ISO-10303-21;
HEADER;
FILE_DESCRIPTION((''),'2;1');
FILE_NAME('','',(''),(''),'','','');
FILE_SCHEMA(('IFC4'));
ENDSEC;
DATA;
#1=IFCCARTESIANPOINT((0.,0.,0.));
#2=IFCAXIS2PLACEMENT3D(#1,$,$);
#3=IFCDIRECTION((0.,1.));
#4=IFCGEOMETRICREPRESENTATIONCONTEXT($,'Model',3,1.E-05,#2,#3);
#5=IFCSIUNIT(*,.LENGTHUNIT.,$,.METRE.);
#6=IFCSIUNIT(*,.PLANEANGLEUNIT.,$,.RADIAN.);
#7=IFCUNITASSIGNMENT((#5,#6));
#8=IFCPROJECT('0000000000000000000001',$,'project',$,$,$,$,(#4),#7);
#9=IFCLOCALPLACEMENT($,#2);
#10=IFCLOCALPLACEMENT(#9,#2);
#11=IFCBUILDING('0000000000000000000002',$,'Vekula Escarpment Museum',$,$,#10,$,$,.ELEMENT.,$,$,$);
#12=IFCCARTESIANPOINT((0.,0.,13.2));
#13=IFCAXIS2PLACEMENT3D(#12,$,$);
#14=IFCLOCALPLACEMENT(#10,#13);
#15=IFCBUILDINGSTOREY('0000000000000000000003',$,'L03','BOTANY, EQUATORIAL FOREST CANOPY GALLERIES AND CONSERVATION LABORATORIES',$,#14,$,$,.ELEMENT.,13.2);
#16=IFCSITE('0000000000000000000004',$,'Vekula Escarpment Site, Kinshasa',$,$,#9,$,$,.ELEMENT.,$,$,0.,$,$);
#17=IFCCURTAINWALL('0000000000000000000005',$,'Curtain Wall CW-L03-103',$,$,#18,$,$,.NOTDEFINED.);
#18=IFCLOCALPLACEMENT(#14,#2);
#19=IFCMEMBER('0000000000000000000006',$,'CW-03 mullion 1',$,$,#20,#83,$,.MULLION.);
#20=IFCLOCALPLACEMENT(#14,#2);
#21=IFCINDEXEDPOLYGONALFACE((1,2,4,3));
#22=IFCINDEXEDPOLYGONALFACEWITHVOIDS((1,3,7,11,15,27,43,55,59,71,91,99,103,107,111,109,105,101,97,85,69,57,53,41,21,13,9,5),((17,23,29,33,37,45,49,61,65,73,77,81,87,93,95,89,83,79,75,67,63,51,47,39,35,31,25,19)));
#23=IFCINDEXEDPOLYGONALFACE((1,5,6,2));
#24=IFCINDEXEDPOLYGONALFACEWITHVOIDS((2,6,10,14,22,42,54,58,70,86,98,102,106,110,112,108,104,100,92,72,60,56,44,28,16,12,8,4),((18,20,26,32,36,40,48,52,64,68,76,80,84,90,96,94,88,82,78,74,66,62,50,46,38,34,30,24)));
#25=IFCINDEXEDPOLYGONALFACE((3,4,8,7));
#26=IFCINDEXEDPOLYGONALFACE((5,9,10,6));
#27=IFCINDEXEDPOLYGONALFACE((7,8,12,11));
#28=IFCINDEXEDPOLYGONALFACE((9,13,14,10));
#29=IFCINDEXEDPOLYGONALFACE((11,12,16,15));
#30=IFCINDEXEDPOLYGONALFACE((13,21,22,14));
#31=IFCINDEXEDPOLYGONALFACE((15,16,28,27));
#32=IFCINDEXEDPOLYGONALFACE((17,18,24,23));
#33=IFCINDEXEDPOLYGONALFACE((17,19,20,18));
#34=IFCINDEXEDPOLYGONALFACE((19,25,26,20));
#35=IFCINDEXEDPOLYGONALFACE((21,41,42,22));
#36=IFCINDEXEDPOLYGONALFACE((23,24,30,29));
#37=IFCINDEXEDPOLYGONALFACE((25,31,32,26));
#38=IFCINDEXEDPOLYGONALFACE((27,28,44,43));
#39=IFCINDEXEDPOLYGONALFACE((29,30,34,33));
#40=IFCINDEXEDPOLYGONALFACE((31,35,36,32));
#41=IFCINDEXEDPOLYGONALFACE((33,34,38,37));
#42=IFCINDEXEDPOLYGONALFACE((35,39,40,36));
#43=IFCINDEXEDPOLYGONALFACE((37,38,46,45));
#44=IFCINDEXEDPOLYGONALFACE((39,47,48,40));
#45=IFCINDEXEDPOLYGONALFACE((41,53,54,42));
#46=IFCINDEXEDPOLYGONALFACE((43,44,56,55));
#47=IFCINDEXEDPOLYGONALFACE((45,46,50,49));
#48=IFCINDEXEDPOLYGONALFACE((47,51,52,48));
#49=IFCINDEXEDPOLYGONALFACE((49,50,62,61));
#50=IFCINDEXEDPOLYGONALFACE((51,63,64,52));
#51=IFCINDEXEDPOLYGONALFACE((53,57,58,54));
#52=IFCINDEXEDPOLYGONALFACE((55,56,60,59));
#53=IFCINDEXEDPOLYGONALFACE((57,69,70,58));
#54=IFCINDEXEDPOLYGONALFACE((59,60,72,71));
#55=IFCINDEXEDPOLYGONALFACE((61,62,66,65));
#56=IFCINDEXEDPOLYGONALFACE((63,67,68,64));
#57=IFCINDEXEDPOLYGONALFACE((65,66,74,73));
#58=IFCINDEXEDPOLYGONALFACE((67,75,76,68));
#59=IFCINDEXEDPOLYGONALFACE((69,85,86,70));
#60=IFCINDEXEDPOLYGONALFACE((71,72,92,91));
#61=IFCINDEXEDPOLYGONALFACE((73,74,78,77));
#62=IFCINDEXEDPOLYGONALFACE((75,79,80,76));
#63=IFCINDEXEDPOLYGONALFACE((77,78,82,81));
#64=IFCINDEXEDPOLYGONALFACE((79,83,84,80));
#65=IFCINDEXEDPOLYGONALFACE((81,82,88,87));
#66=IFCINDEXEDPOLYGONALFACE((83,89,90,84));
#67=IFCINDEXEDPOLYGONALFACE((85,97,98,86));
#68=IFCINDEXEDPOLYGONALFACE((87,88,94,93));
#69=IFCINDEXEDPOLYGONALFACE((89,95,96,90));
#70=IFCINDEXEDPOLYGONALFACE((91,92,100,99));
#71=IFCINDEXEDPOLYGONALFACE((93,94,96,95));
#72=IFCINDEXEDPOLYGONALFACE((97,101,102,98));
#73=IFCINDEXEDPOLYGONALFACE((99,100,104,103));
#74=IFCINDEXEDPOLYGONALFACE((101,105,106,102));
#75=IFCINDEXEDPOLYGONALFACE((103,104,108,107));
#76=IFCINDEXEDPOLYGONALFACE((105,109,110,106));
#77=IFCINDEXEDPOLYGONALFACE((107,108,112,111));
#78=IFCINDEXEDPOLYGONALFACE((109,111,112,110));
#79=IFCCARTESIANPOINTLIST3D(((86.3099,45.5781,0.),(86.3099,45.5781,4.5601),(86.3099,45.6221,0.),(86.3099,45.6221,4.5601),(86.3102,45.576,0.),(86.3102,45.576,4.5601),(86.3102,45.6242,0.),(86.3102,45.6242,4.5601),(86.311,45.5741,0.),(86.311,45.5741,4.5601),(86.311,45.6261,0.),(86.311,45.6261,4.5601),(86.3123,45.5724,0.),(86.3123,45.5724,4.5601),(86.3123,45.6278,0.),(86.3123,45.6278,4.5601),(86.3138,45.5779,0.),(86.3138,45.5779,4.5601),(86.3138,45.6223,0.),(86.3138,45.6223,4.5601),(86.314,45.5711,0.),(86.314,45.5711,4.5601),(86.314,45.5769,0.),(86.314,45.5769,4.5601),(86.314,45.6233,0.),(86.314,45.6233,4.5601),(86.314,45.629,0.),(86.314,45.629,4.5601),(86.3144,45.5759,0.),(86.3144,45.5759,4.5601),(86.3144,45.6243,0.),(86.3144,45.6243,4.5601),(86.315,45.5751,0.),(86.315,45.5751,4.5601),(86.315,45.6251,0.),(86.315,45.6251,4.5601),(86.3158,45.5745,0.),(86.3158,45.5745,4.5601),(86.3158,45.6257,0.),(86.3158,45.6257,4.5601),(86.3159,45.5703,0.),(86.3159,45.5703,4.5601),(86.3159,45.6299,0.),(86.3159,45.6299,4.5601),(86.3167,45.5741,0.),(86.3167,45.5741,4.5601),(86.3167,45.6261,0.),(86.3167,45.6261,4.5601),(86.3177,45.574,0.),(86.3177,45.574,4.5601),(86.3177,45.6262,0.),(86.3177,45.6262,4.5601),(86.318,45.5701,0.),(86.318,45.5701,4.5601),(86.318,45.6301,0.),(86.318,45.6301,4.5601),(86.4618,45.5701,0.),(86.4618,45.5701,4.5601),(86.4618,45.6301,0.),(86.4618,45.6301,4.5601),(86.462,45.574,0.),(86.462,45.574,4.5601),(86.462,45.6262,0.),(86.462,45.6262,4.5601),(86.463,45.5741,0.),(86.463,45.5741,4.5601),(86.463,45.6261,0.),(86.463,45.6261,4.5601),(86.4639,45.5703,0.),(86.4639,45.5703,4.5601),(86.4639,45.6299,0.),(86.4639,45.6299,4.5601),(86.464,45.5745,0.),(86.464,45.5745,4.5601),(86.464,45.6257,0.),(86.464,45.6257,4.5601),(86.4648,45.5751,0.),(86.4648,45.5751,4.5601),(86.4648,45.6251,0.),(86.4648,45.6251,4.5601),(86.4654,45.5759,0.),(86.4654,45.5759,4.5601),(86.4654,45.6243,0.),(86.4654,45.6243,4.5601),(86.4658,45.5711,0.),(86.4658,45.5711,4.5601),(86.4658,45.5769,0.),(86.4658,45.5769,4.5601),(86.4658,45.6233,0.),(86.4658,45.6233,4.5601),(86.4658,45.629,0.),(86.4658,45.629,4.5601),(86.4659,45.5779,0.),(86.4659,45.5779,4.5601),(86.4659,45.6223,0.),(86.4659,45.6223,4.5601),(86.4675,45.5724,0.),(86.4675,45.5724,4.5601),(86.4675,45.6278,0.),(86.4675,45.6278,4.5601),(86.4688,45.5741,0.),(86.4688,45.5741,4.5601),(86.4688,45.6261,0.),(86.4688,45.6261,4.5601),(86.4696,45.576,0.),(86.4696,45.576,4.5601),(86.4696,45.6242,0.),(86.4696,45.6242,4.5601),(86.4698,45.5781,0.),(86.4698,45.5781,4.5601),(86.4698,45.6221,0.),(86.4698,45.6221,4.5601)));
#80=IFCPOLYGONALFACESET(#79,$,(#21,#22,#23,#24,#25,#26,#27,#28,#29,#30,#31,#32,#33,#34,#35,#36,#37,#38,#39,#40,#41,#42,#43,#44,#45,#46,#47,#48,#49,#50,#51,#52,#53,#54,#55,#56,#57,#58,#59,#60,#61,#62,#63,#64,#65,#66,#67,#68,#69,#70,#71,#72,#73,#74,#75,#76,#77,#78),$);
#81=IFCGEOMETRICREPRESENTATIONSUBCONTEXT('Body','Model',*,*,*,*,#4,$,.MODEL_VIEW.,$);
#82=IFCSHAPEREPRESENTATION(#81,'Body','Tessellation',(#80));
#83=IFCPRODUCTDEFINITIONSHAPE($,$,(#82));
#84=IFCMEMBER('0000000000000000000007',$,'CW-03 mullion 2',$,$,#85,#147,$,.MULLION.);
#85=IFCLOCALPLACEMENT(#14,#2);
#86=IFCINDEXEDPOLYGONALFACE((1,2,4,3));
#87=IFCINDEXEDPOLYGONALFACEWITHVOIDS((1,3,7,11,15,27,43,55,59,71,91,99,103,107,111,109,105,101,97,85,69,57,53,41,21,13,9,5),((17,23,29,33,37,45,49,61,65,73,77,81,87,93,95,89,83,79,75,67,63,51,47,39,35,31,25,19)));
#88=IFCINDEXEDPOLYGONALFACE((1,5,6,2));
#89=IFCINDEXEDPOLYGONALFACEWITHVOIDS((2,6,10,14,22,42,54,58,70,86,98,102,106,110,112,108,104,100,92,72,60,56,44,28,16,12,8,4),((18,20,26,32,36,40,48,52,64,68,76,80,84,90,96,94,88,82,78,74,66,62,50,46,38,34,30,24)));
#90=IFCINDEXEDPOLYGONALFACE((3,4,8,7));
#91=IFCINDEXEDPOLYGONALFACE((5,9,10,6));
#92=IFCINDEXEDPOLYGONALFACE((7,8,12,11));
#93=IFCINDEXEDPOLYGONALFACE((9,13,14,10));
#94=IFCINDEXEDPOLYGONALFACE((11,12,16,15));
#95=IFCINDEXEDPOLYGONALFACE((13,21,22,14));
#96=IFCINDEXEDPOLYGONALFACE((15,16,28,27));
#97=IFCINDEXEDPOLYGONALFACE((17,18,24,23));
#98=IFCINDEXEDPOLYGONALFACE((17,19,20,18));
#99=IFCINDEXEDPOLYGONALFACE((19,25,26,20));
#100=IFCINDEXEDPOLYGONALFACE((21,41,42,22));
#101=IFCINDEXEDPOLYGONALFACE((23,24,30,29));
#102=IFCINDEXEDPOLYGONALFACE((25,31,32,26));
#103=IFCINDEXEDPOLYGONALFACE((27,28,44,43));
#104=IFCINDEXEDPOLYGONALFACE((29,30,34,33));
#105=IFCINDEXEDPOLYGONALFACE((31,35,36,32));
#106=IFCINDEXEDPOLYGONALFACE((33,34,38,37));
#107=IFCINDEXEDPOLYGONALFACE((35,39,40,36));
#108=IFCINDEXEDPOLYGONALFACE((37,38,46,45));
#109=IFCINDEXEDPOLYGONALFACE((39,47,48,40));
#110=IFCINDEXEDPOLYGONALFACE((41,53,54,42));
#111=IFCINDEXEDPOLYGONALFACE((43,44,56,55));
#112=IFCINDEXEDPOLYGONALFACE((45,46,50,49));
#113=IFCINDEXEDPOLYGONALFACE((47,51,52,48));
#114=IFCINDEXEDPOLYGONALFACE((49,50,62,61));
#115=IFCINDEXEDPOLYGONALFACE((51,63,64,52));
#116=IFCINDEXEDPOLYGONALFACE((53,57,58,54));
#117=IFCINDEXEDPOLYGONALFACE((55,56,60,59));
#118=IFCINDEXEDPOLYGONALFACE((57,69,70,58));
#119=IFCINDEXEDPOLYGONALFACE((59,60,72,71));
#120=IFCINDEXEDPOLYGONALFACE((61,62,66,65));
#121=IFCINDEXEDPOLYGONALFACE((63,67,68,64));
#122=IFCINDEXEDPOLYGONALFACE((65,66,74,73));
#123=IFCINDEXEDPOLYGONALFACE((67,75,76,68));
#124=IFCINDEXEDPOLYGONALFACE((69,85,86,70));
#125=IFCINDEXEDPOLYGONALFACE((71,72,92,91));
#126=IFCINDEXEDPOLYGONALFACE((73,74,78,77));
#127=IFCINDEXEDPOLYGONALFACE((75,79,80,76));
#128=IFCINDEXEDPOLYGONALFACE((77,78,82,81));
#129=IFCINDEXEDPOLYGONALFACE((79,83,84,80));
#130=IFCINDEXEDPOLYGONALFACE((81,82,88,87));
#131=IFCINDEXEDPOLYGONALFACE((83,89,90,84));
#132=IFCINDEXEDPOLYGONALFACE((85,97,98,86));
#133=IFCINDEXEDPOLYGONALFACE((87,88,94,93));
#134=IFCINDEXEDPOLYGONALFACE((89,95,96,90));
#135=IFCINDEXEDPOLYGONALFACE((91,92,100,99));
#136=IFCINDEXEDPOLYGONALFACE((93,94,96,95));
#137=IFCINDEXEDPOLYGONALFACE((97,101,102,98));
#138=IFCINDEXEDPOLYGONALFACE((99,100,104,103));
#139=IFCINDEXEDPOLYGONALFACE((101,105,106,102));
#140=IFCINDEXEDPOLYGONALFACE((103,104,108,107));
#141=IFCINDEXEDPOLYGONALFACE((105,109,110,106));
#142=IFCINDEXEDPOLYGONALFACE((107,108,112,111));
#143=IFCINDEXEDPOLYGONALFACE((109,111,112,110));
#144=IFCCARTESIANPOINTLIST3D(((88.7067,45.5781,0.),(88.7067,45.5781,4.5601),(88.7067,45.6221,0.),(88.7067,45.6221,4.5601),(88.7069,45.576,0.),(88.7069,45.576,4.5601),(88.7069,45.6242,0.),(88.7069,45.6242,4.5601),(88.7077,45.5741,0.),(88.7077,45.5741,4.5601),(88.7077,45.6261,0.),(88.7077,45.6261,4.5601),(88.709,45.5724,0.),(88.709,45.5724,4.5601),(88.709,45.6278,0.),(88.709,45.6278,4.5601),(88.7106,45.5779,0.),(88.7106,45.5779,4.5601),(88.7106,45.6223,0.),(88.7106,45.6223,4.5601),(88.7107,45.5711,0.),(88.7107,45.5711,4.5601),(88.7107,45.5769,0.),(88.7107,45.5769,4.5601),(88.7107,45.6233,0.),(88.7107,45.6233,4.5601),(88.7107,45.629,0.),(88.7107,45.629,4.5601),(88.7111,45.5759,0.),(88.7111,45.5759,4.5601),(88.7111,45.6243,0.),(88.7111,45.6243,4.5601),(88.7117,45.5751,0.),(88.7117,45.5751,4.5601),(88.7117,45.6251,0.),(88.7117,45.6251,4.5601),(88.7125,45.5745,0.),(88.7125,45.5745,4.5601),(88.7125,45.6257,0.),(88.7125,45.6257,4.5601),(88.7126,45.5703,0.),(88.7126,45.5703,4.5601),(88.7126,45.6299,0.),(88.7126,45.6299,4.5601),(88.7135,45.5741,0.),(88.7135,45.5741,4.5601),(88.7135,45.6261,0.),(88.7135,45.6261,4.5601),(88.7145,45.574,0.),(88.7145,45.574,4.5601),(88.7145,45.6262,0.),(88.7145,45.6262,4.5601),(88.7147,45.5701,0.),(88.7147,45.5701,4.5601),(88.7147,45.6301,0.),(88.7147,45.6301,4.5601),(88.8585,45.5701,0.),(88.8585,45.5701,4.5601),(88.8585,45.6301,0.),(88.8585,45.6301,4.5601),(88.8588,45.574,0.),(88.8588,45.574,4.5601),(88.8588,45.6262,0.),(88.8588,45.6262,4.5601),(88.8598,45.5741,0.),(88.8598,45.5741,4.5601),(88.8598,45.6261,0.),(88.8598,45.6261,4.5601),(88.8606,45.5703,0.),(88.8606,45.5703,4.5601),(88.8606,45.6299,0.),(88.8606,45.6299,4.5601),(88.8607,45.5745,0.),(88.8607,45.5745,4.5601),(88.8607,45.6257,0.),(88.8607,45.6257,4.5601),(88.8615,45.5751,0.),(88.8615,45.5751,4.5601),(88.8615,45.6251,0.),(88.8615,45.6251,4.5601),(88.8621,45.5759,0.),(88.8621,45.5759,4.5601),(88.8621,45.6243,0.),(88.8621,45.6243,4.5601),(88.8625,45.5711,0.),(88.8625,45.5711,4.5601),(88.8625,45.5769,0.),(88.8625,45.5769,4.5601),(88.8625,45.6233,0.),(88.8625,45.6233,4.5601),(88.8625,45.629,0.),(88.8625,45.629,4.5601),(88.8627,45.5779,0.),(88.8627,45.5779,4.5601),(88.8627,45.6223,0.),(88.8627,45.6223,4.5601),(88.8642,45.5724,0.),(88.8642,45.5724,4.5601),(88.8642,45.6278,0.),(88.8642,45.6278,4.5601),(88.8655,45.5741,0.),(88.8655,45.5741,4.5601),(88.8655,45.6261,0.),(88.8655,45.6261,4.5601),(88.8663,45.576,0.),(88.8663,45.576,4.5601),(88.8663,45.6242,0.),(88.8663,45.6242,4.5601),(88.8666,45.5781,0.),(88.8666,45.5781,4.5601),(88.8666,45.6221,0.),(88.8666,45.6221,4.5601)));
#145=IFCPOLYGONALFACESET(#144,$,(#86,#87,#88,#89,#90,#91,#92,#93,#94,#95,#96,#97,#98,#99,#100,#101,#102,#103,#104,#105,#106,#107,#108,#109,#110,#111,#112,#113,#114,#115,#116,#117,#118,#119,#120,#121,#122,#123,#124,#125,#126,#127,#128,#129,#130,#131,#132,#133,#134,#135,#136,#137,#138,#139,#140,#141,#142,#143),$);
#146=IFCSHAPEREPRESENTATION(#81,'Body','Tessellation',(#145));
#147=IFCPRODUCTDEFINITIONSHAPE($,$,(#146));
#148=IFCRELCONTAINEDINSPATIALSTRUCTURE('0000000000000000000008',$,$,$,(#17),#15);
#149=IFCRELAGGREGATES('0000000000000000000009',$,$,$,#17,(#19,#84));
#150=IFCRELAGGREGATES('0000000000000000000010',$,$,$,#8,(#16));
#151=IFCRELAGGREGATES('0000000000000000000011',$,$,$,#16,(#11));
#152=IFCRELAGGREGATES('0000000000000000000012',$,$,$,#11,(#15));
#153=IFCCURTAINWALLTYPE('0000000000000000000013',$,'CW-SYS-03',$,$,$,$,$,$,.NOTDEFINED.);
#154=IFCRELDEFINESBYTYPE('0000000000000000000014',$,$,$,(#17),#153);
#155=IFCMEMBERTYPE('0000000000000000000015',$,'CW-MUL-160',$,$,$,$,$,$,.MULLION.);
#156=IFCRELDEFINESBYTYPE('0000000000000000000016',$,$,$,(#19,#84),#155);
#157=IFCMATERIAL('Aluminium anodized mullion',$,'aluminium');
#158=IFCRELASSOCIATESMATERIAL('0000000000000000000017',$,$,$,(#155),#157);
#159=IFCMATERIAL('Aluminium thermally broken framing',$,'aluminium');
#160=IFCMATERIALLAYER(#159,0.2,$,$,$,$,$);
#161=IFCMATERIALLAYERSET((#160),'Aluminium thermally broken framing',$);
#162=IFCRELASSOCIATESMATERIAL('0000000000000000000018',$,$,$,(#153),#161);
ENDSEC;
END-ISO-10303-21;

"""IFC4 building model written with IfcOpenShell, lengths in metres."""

from ifc_helpers import new_model, si_unit, direction, frame, origin, origin_2d, place, context, subcontext, project, spatial, hollow_rectangle, extrude, material, layer, layer_set, material_profile, profile_set, type_object, element, aggregate, save


model = new_model("IFC4")

# Units and contexts
model_context = context("Model", 3, precision=1e-05, world=origin(), true_north=direction((0.0, 1.0)))
body_context = subcontext(model_context, "Body", "Model", "MODEL_VIEW")
ifc_project = project(units=[si_unit("LENGTHUNIT", "METRE"), si_unit("PLANEANGLEUNIT", "RADIAN")], contexts=[model_context])

# Site, building, storey
site_placement = place(None, origin())
site = spatial("IfcSite", under=ifc_project, at=site_placement, Name="Vekula Escarpment Site, Kinshasa", CompositionType="ELEMENT", RefElevation=0.0)
building_placement = place(site_placement, origin())
building = spatial("IfcBuilding", under=site, at=building_placement, Name="Vekula Escarpment Museum", CompositionType="ELEMENT")
storey_placement = place(building_placement, frame((0.0, 0.0, 13.2)))
storey = spatial("IfcBuildingStorey", under=building, at=storey_placement, Name="L03", Description="BOTANY, EQUATORIAL FOREST CANOPY GALLERIES AND CONSERVATION LABORATORIES", CompositionType="ELEMENT", Elevation=13.2)

# Shared definitions
ifc_material_1 = material(Name="Aluminium anodized mullion", Category="aluminium")
ifc_material_profile_1 = material_profile(ifc_material_1, hollow_rectangle(XDim=0.0601, YDim=0.1599, WallThickness=0.0039, InnerFilletRadius=0.0039, OuterFilletRadius=0.0081, at=origin_2d()), Name="ALU 160x60x4")
ifc_profile_set_1 = profile_set([ifc_material_profile_1], Name="Aluminium anodized mullion")
member_type_1 = type_object("IfcMemberType", Name="CW-MUL-160", PredefinedType="MULLION", material=ifc_profile_set_1)

# Curtain wall, members
ifc_material_2 = material(Name="Aluminium thermally broken framing", Category="aluminium")
ifc_layer_1 = layer(ifc_material_2, 0.2)
ifc_layer_set_1 = layer_set([ifc_layer_1], Name="Aluminium thermally broken framing")
curtain_wall_type_1 = type_object("IfcCurtainWallType", Name="CW-SYS-03", PredefinedType="NOTDEFINED", material=ifc_layer_set_1)
curtain_wall_1_placement = place(storey_placement, origin())
curtain_wall_1 = element("IfcCurtainWall", 1, at=curtain_wall_1_placement, inside=storey, type_object=curtain_wall_type_1, Name="Curtain Wall CW-L03-103", PredefinedType="NOTDEFINED")
member_1_placement = place(storey_placement, frame((86.3899, 45.6001, 0.0), z_axis=(0.0, 0.0, 1.0), x_axis=(0.0, 1.0, 0.0)))
member_1 = element("IfcMember", 2, at=member_1_placement, type_object=member_type_1, Name="CW-03 mullion 1", PredefinedType="MULLION", context=body_context, shape_type="SweptSolid", body=[
    extrude(hollow_rectangle(XDim=0.0601, YDim=0.1599, WallThickness=0.0039, InnerFilletRadius=0.0039, OuterFilletRadius=0.0081, at=origin_2d()), origin(), (0.0, 0.0, 1.0), 4.5601),
])
member_2_placement = place(storey_placement, frame((88.7866, 45.6001, 0.0), z_axis=(0.0, 0.0, 1.0), x_axis=(0.0, 1.0, 0.0)))
member_2 = element("IfcMember", 3, at=member_2_placement, type_object=member_type_1, Name="CW-03 mullion 2", PredefinedType="MULLION", context=body_context, shape_type="SweptSolid", body=[
    extrude(hollow_rectangle(XDim=0.0601, YDim=0.1599, WallThickness=0.0039, InnerFilletRadius=0.0039, OuterFilletRadius=0.0081, at=origin_2d()), origin(), (0.0, 0.0, 1.0), 4.5601),
])

aggregate(curtain_wall_1, [member_1, member_2])

save(model, "model.ifc")
